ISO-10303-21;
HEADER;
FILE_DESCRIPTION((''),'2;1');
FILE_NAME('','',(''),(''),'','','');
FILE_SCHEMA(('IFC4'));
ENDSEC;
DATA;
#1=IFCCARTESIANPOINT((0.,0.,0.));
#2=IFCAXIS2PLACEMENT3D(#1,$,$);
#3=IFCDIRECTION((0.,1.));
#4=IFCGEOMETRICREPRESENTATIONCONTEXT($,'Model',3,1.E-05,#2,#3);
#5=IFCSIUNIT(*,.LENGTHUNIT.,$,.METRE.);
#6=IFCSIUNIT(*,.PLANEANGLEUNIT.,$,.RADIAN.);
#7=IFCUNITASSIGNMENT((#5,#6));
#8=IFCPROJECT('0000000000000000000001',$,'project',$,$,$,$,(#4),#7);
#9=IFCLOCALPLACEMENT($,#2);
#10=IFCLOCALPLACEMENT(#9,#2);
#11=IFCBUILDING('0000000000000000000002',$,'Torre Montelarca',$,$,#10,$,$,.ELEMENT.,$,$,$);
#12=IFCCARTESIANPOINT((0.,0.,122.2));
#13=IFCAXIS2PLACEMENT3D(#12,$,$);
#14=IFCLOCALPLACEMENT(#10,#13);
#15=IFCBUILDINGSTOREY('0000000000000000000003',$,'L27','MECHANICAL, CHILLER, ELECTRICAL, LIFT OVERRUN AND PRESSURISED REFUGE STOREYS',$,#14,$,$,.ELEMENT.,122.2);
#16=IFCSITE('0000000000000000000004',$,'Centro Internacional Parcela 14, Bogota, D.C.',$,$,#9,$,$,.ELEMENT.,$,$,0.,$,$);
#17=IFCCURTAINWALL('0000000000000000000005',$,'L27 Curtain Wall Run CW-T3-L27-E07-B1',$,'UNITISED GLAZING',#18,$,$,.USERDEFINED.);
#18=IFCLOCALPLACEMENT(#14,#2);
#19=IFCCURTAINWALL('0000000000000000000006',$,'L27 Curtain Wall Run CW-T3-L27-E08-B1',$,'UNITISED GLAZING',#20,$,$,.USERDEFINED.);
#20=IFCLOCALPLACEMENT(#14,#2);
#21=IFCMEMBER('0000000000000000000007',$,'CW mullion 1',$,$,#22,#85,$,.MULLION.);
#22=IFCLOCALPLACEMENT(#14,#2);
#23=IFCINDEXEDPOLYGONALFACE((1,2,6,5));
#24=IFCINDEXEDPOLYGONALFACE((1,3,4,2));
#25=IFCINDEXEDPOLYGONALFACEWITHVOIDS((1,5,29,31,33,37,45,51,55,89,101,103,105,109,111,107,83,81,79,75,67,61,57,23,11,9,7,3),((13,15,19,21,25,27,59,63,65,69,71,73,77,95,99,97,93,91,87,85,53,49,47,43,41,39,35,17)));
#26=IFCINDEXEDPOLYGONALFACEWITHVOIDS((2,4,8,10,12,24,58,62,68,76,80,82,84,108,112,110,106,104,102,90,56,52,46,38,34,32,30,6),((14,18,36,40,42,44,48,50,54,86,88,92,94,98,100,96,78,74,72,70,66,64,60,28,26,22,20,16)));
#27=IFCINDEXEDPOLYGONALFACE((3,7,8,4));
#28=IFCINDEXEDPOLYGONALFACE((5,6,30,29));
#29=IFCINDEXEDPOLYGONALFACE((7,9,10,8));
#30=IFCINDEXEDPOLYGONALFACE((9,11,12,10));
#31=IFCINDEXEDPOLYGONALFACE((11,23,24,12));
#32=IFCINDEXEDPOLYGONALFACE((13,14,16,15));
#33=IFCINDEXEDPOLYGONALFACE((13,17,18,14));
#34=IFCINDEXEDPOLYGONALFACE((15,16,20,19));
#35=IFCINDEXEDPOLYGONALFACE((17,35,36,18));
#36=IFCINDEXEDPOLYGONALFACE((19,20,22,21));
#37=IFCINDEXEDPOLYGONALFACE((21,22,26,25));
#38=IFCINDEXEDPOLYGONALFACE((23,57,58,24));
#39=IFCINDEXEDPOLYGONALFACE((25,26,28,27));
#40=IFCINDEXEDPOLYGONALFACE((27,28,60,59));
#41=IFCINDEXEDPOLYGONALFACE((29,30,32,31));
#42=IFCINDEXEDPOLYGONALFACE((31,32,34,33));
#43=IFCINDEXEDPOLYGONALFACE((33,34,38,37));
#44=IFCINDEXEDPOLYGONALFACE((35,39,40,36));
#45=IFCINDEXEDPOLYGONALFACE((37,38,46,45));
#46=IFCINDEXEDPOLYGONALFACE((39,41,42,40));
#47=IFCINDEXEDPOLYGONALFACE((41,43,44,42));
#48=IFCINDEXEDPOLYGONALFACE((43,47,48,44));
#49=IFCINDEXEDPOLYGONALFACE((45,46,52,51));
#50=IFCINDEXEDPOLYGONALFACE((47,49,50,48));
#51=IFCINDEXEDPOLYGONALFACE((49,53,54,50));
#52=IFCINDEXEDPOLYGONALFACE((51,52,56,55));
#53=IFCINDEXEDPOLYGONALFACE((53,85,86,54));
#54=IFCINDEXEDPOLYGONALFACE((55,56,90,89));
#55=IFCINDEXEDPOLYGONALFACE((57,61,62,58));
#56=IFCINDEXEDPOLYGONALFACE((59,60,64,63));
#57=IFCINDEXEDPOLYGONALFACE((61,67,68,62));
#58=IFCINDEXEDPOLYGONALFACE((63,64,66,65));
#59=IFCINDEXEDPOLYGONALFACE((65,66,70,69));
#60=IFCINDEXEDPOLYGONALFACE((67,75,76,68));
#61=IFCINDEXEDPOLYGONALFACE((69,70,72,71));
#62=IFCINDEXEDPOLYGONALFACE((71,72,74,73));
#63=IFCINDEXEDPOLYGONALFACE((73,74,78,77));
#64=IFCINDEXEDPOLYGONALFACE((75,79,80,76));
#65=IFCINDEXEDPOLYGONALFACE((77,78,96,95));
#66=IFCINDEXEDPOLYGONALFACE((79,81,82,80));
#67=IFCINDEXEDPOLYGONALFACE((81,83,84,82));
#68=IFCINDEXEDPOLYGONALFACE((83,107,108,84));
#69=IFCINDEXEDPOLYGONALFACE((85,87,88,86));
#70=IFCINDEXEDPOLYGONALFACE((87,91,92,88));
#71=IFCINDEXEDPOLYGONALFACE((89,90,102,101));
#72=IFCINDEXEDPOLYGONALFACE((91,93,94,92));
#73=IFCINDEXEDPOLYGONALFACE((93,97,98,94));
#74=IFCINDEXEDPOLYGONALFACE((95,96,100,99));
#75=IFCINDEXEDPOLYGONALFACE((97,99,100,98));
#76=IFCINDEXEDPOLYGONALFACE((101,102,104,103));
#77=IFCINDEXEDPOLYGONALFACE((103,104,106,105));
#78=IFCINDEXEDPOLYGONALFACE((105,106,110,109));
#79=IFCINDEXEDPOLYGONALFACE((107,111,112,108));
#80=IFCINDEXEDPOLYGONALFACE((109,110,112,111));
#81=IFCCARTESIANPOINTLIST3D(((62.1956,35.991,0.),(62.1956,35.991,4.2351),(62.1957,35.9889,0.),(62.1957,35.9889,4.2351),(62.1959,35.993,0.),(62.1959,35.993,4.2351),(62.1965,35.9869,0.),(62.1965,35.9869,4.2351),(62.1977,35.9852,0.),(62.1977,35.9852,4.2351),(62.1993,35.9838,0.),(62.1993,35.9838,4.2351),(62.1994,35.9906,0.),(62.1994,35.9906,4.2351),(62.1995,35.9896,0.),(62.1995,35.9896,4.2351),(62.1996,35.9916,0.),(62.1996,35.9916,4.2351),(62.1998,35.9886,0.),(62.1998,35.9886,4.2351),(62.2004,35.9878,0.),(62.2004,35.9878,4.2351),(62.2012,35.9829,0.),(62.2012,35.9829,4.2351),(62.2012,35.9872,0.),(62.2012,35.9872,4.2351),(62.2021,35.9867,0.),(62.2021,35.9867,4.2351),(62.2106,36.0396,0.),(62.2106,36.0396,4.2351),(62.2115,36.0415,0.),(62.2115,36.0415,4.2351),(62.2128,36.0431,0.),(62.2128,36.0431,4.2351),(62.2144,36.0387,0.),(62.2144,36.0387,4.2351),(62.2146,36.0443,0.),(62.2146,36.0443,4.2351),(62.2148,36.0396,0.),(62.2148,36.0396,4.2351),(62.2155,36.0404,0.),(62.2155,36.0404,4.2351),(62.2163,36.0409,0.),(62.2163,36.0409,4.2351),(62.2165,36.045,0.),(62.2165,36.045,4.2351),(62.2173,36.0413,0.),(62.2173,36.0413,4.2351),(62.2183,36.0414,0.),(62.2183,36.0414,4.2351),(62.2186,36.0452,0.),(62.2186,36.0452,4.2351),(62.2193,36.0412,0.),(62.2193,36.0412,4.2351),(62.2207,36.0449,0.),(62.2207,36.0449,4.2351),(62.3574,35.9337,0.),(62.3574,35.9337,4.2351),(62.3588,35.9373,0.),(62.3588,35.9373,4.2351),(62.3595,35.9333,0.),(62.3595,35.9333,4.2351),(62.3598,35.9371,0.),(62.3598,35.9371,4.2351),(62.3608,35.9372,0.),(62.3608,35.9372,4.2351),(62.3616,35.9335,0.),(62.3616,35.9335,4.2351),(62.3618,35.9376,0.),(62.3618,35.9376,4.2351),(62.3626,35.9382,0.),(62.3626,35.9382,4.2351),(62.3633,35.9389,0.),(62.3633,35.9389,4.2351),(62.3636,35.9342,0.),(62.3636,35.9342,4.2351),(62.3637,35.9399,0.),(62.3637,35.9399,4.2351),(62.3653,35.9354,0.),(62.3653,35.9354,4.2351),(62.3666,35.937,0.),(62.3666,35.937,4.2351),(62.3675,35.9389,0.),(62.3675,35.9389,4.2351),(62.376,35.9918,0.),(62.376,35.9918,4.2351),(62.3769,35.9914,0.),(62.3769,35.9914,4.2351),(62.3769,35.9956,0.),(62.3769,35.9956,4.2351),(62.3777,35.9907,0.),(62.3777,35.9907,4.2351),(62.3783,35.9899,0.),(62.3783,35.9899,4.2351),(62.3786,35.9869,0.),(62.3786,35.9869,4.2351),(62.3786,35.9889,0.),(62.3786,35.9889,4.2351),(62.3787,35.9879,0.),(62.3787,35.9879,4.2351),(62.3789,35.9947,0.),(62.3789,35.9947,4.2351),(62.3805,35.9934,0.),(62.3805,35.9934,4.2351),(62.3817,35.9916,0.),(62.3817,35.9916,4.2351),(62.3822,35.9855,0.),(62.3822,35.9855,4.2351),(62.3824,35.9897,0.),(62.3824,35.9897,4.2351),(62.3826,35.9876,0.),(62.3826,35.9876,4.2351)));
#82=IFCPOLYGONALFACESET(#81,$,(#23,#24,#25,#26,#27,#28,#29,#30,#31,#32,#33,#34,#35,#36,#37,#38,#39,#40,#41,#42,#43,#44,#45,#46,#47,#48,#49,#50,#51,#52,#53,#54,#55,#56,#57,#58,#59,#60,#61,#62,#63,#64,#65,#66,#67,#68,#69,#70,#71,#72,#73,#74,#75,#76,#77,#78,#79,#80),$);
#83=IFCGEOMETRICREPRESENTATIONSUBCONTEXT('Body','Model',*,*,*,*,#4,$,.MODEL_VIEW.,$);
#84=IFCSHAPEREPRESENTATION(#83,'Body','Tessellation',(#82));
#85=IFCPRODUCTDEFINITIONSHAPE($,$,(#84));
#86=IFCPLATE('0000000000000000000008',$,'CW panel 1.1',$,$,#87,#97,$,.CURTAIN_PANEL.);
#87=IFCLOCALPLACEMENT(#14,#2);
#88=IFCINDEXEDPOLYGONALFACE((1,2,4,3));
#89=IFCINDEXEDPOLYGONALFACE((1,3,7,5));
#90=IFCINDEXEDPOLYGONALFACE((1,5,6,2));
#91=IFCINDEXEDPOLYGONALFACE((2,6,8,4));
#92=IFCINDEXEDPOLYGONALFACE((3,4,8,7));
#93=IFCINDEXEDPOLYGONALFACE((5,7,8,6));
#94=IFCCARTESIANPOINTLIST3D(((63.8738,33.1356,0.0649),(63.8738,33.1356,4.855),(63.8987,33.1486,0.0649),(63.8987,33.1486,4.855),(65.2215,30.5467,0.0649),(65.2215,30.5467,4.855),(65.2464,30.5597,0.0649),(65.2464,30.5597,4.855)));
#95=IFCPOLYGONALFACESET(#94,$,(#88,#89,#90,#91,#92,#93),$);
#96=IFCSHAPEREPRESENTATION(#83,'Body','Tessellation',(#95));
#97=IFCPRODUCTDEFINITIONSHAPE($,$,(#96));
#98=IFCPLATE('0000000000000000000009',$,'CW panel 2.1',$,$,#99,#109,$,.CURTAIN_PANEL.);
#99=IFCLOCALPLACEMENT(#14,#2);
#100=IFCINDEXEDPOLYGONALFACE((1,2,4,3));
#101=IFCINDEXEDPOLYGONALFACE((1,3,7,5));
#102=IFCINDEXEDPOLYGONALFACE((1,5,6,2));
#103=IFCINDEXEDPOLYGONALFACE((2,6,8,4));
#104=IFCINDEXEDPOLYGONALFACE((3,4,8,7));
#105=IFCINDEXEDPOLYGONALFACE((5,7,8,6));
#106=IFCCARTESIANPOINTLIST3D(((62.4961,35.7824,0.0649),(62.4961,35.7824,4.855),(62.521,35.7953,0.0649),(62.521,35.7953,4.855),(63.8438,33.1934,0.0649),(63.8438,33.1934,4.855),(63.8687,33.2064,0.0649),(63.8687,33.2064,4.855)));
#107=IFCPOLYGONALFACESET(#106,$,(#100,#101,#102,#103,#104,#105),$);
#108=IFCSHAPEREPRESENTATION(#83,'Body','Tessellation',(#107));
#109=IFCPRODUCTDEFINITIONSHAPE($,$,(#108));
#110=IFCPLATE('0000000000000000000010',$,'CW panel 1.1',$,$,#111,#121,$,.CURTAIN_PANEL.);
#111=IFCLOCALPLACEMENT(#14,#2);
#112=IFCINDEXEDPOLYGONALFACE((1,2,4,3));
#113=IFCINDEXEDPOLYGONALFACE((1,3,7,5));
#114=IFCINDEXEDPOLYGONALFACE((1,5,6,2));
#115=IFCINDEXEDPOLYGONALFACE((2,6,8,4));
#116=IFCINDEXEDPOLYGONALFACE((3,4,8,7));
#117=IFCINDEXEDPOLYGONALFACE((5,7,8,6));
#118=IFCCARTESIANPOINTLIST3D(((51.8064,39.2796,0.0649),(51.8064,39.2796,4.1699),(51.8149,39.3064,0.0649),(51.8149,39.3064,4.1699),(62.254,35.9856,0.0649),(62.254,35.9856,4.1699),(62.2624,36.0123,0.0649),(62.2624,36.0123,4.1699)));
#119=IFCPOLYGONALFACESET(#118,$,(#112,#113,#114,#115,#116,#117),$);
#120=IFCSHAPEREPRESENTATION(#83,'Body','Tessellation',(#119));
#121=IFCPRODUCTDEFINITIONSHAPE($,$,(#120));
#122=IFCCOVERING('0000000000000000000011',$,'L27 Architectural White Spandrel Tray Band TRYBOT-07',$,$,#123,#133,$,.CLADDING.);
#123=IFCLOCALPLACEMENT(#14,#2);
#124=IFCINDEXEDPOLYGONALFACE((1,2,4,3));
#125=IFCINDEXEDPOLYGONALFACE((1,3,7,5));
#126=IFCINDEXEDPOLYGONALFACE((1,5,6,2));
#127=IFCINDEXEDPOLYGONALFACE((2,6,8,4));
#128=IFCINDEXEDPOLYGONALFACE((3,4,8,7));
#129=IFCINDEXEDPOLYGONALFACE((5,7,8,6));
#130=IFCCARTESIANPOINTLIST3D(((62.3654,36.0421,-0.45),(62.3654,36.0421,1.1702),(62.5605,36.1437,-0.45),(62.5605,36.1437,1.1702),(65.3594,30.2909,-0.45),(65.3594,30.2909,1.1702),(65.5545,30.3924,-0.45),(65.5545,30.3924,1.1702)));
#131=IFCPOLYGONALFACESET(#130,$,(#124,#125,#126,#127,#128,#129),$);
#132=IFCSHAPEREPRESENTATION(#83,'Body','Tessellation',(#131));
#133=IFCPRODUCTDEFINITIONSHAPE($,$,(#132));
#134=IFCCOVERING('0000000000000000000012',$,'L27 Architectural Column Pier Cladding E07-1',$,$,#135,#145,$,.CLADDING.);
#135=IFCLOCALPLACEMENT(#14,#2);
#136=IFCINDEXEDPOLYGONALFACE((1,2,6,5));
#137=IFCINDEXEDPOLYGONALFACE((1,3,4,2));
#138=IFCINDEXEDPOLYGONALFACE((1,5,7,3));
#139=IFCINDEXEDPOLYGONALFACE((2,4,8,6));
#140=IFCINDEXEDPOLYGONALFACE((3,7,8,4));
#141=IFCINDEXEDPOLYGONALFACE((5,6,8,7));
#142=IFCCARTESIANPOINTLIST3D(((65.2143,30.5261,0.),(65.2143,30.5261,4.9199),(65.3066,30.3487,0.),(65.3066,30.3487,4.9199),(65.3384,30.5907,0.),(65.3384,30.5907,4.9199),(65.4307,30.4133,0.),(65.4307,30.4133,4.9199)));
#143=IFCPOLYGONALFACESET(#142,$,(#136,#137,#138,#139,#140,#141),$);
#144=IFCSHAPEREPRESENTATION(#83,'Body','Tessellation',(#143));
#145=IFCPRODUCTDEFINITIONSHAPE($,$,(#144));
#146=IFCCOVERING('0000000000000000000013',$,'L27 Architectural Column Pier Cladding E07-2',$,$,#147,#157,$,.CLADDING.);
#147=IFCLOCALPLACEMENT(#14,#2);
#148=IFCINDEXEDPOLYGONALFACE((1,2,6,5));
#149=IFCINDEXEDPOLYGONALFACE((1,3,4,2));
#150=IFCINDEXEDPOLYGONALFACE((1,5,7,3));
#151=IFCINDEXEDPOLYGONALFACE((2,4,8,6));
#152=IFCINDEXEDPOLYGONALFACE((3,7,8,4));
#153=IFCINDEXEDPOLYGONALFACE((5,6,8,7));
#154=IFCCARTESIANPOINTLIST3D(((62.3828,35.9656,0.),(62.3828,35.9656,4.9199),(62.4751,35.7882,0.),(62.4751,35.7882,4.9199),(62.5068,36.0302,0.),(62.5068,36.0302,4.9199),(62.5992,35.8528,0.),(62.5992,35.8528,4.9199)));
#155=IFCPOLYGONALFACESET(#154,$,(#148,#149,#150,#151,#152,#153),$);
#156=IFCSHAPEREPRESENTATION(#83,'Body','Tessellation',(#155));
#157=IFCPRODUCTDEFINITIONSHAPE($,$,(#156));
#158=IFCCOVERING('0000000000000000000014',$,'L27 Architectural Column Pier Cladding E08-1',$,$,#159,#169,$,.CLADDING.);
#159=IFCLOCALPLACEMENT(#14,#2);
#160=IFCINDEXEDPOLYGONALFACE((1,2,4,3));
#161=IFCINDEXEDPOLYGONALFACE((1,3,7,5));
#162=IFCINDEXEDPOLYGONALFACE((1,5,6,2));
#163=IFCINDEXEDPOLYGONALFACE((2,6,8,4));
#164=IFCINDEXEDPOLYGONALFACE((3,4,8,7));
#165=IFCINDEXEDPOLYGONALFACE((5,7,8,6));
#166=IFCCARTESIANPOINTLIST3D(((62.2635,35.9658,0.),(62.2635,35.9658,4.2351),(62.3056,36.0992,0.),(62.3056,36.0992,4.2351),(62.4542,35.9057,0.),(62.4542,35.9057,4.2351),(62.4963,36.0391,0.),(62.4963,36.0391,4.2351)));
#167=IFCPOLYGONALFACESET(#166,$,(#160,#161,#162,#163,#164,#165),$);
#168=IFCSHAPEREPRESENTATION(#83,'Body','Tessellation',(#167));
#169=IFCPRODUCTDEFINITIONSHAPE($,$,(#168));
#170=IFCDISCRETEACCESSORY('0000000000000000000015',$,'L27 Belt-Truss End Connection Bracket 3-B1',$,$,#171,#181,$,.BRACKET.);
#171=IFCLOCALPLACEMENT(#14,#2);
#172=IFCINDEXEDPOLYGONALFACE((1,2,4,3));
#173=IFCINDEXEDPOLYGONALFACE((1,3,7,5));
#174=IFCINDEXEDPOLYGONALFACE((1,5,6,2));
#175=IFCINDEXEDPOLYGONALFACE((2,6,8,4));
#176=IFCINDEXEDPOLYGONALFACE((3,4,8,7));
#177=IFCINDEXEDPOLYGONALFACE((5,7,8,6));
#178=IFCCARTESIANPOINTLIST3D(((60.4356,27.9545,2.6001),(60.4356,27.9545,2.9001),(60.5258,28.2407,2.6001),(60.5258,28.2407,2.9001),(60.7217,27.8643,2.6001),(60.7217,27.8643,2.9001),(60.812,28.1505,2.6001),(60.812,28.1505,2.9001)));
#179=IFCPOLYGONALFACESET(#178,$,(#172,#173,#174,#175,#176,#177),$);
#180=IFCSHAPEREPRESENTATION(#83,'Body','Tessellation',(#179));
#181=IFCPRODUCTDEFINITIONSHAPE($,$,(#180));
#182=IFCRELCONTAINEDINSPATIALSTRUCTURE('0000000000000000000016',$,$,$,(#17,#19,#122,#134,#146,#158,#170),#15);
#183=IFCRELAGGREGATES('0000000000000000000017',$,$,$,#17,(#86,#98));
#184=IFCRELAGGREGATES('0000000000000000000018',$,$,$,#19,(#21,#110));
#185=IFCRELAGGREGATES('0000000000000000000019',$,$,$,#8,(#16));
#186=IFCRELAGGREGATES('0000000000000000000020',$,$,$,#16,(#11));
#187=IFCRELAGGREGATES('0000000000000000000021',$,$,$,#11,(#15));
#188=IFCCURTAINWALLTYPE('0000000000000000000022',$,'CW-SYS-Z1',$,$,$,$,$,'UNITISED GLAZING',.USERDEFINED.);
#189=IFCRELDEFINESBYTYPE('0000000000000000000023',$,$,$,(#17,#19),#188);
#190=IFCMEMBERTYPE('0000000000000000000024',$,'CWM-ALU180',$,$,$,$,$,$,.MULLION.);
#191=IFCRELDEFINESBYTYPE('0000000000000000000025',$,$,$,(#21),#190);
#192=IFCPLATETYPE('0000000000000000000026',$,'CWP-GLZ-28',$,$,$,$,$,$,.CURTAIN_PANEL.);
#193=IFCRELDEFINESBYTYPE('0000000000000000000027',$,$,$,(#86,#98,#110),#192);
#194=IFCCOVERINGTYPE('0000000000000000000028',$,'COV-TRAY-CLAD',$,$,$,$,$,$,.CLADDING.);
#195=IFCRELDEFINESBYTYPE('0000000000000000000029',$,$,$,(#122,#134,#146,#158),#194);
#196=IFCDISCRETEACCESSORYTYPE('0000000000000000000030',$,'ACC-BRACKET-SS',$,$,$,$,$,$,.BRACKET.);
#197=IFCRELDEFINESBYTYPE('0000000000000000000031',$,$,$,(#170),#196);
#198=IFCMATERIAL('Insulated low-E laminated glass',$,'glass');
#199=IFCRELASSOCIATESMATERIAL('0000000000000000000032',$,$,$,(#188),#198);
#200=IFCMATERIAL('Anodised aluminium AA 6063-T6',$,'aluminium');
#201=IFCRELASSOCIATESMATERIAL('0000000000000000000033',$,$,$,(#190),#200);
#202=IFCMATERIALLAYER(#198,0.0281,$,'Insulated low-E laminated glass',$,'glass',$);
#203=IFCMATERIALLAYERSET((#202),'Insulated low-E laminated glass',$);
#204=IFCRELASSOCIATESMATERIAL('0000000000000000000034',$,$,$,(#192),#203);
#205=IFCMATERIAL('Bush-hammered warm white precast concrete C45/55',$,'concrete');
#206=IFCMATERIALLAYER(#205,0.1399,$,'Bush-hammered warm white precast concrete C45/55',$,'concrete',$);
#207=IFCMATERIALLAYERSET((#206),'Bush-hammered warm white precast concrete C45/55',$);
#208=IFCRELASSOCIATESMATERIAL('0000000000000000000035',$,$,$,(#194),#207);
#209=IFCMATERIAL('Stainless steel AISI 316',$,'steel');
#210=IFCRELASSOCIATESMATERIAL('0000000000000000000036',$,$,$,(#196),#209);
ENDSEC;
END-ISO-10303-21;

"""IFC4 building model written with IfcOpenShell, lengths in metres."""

from ifc_helpers import new_model, si_unit, direction, frame, origin, origin_2d, place, context, subcontext, project, spatial, rectangle, hollow_rectangle, extrude, source, transform, mapped, material, layer, layer_set, material_profile, profile_set, type_object, element, aggregate, save


model = new_model("IFC4")

# Units and contexts
model_context = context("Model", 3, precision=1e-05, world=origin(), true_north=direction((0.0, 1.0)))
body_context = subcontext(model_context, "Body", "Model", "MODEL_VIEW")
ifc_project = project(units=[si_unit("LENGTHUNIT", "METRE"), si_unit("PLANEANGLEUNIT", "RADIAN")], contexts=[model_context])

# Site, building, storey
site_placement = place(None, origin())
site = spatial("IfcSite", under=ifc_project, at=site_placement, Name="Centro Internacional Parcela 14, Bogota, D.C.", CompositionType="ELEMENT", RefElevation=0.0)
building_placement = place(site_placement, origin())
building = spatial("IfcBuilding", under=site, at=building_placement, Name="Torre Montelarca", CompositionType="ELEMENT")
storey_placement = place(building_placement, frame((0.0, 0.0, 122.2)))
storey = spatial("IfcBuildingStorey", under=building, at=storey_placement, Name="L27", Description="MECHANICAL, CHILLER, ELECTRICAL, LIFT OVERRUN AND PRESSURISED REFUGE STOREYS", CompositionType="ELEMENT", Elevation=122.2)

# Curtain walls
ifc_material_1 = material(Name="Insulated low-E laminated glass", Category="glass")
curtain_wall_type = type_object("IfcCurtainWallType", Name="CW-SYS-Z1", ElementType="UNITISED GLAZING", PredefinedType="USERDEFINED", material=ifc_material_1)
curtain_wall_1_placement = place(storey_placement, origin())
curtain_wall_1 = element("IfcCurtainWall", 1, at=curtain_wall_1_placement, inside=storey, type_object=curtain_wall_type, Name="L27 Curtain Wall Run CW-T3-L27-E07-B1", ObjectType="UNITISED GLAZING", PredefinedType="USERDEFINED")
ifc_material_2 = material(Name="Anodised aluminium AA 6063-T6", Category="aluminium")
curtain_wall_2_placement = place(storey_placement, origin())
curtain_wall_2 = element("IfcCurtainWall", 2, at=curtain_wall_2_placement, inside=storey, type_object=curtain_wall_type, Name="L27 Curtain Wall Run CW-T3-L27-E08-B1", ObjectType="UNITISED GLAZING", PredefinedType="USERDEFINED")

# Member
ifc_material_profile_1 = material_profile(ifc_material_2, hollow_rectangle(XDim=0.0649, YDim=0.1799, WallThickness=0.0039, InnerFilletRadius=0.0039, OuterFilletRadius=0.0081, at=origin_2d()), Name="ALU65X180X4", Category="aluminium")
ifc_profile_set_1 = profile_set([ifc_material_profile_1], Name="Anodised aluminium AA 6063-T6")
member_type_1 = type_object("IfcMemberType", Name="CWM-ALU180", PredefinedType="MULLION", material=ifc_profile_set_1)
shared_shape_1 = source(origin(), body_context, "Body", "SweptSolid", [
    extrude(hollow_rectangle(XDim=0.0649, YDim=0.1799, WallThickness=0.0039, InnerFilletRadius=0.0039, OuterFilletRadius=0.0081, at=origin_2d()), origin(), (0.0, 0.0, 1.0), 4.2351),
])
member_1_placement = place(storey_placement, frame((62.2891, 35.9893, 0.0), z_axis=(0.0, 0.0, 1.0), x_axis=(-0.300703, -0.953718, 0.0)))
member_1 = element("IfcMember", 3, at=member_1_placement, type_object=member_type_1, Name="CW mullion 1", PredefinedType="MULLION", context=body_context, shape_type="MappedRepresentation", body=[
    mapped(shared_shape_1, transform((0.0, 0.0, 0.0), scale=1.0)),
])

# Plates
ifc_layer_1 = layer(ifc_material_1, 0.0281, Name="Insulated low-E laminated glass", Category="glass")
ifc_layer_set_1 = layer_set([ifc_layer_1], Name="Insulated low-E laminated glass")
plate_type = type_object("IfcPlateType", Name="CWP-GLZ-28", PredefinedType="CURTAIN_PANEL", material=ifc_layer_set_1)
shared_shape_2 = source(origin(), body_context, "Body", "SweptSolid", [
    extrude(rectangle(XDim=2.9187, YDim=0.0281, at=origin_2d()), origin(), (0.0, 0.0, 1.0), 4.79),
])
plate_1_placement = place(storey_placement, frame((64.5601, 31.8477, 0.0649), z_axis=(0.0, 0.0, 1.0), x_axis=(-0.461742, 0.887014, 0.0)))
plate_1 = element("IfcPlate", 4, at=plate_1_placement, type_object=plate_type, Name="CW panel 1.1", PredefinedType="CURTAIN_PANEL", context=body_context, shape_type="MappedRepresentation", body=[
    mapped(shared_shape_2, transform((0.0, 0.0, 0.0), scale=1.0)),
])
plate_2_placement = place(storey_placement, frame((63.1824, 34.4944, 0.0649), z_axis=(0.0, 0.0, 1.0), x_axis=(-0.461742, 0.887014, 0.0)))
plate_2 = element("IfcPlate", 5, at=plate_2_placement, type_object=plate_type, Name="CW panel 2.1", PredefinedType="CURTAIN_PANEL", context=body_context, shape_type="MappedRepresentation", body=[
    mapped(shared_shape_2, transform((0.0, 0.0, 0.0), scale=1.0)),
])
aggregate(curtain_wall_1, [plate_1, plate_2])
shared_shape_3 = source(origin(), body_context, "Body", "SweptSolid", [
    extrude(rectangle(XDim=10.9546, YDim=0.0281, at=origin_2d()), origin(), (0.0, 0.0, 1.0), 4.105),
])
plate_3_placement = place(storey_placement, frame((57.0344, 37.646, 0.0649), z_axis=(0.0, 0.0, 1.0), x_axis=(-0.953718, 0.300703, 0.0)))
plate_3 = element("IfcPlate", 6, at=plate_3_placement, type_object=plate_type, Name="CW panel 1.1", PredefinedType="CURTAIN_PANEL", context=body_context, shape_type="MappedRepresentation", body=[
    mapped(shared_shape_3, transform((0.0, 0.0, 0.0), scale=1.0)),
])
aggregate(curtain_wall_2, [member_1, plate_3])

# Coverings
ifc_material_3 = material(Name="Bush-hammered warm white precast concrete C45/55", Category="concrete")
ifc_layer_2 = layer(ifc_material_3, 0.1399, Name="Bush-hammered warm white precast concrete C45/55", Category="concrete")
ifc_layer_set_2 = layer_set([ifc_layer_2], Name="Bush-hammered warm white precast concrete C45/55")
covering_type = type_object("IfcCoveringType", Name="COV-TRAY-CLAD", PredefinedType="CLADDING", material=ifc_layer_set_2)
shared_shape_4 = source(origin(), body_context, "Body", "SweptSolid", [
    extrude(rectangle(XDim=6.4839, YDim=0.22, at=origin_2d()), origin(), (0.0, 0.0, 1.0), 1.6201),
])
covering_1_placement = place(storey_placement, frame((63.96, 33.2173, -0.45), z_axis=(0.0, 0.0, 1.0), x_axis=(-0.461755, 0.887008, 0.0)))
element("IfcCovering", 7, at=covering_1_placement, inside=storey, type_object=covering_type, Name="L27 Architectural White Spandrel Tray Band TRYBOT-07", PredefinedType="CLADDING", context=body_context, shape_type="MappedRepresentation", body=[
    mapped(shared_shape_4, transform((0.0, 0.0, 0.0), scale=1.0)),
])
shared_shape_5 = source(origin(), body_context, "Body", "SweptSolid", [
    extrude(rectangle(XDim=0.2, YDim=0.1399, at=origin_2d()), origin(), (0.0, 0.0, 1.0), 4.9199),
])
for number, where, z_axis, x_axis, name in (
    (8, (65.3225, 30.4697, 0.0), (0.0, 0.0, 1.0), (-0.461749, 0.887011, 0.0), "L27 Architectural Column Pier Cladding E07-1"),
    (9, (62.491, 35.9092, 0.0), (0.0, 0.0, 1.0), (-0.461749, 0.887011, 0.0), "L27 Architectural Column Pier Cladding E07-2"),
):
    element("IfcCovering", number, at=place(storey_placement, frame(where, z_axis=z_axis, x_axis=x_axis)), inside=storey, type_object=covering_type, Name=name, PredefinedType="CLADDING", context=body_context, shape_type="MappedRepresentation", body=[
        mapped(shared_shape_5, transform((0.0, 0.0, 0.0), scale=1.0)),
    ])
shared_shape_6 = source(origin(), body_context, "Body", "SweptSolid", [
    extrude(rectangle(XDim=0.2, YDim=0.1399, at=origin_2d()), origin(), (0.0, 0.0, 1.0), 4.2351),
])
covering_2_placement = place(storey_placement, frame((62.3799, 36.0024, 0.0), z_axis=(0.0, 0.0, 1.0), x_axis=(-0.953717, 0.300704, 0.0)))
element("IfcCovering", 10, at=covering_2_placement, inside=storey, type_object=covering_type, Name="L27 Architectural Column Pier Cladding E08-1", PredefinedType="CLADDING", context=body_context, shape_type="MappedRepresentation", body=[
    mapped(shared_shape_6, transform((0.0, 0.0, 0.0), scale=1.0)),
])

# Discrete accessory
ifc_material_4 = material(Name="Stainless steel AISI 316", Category="steel")
discrete_accessory_type = type_object("IfcDiscreteAccessoryType", Name="ACC-BRACKET-SS", PredefinedType="BRACKET", material=ifc_material_4)
shared_shape_7 = source(origin(), body_context, "Body", "SweptSolid", [
    extrude(rectangle(XDim=0.3, YDim=0.3, at=origin_2d()), origin(), (0.0, 0.0, 1.0), 0.3),
])
for number, where, z_axis, x_axis, name in (
    (11, (60.6238, 28.0525, 2.6001), (0.0, 0.0, 1.0), (0.300706, 0.953717, 0.0), "L27 Belt-Truss End Connection Bracket 3-B1"),
):
    element("IfcDiscreteAccessory", number, at=place(storey_placement, frame(where, z_axis=z_axis, x_axis=x_axis)), inside=storey, type_object=discrete_accessory_type, Name=name, PredefinedType="BRACKET", context=body_context, shape_type="MappedRepresentation", body=[
        mapped(shared_shape_7, transform((0.0, 0.0, 0.0), scale=1.0)),
    ])

save(model, "model.ifc")
